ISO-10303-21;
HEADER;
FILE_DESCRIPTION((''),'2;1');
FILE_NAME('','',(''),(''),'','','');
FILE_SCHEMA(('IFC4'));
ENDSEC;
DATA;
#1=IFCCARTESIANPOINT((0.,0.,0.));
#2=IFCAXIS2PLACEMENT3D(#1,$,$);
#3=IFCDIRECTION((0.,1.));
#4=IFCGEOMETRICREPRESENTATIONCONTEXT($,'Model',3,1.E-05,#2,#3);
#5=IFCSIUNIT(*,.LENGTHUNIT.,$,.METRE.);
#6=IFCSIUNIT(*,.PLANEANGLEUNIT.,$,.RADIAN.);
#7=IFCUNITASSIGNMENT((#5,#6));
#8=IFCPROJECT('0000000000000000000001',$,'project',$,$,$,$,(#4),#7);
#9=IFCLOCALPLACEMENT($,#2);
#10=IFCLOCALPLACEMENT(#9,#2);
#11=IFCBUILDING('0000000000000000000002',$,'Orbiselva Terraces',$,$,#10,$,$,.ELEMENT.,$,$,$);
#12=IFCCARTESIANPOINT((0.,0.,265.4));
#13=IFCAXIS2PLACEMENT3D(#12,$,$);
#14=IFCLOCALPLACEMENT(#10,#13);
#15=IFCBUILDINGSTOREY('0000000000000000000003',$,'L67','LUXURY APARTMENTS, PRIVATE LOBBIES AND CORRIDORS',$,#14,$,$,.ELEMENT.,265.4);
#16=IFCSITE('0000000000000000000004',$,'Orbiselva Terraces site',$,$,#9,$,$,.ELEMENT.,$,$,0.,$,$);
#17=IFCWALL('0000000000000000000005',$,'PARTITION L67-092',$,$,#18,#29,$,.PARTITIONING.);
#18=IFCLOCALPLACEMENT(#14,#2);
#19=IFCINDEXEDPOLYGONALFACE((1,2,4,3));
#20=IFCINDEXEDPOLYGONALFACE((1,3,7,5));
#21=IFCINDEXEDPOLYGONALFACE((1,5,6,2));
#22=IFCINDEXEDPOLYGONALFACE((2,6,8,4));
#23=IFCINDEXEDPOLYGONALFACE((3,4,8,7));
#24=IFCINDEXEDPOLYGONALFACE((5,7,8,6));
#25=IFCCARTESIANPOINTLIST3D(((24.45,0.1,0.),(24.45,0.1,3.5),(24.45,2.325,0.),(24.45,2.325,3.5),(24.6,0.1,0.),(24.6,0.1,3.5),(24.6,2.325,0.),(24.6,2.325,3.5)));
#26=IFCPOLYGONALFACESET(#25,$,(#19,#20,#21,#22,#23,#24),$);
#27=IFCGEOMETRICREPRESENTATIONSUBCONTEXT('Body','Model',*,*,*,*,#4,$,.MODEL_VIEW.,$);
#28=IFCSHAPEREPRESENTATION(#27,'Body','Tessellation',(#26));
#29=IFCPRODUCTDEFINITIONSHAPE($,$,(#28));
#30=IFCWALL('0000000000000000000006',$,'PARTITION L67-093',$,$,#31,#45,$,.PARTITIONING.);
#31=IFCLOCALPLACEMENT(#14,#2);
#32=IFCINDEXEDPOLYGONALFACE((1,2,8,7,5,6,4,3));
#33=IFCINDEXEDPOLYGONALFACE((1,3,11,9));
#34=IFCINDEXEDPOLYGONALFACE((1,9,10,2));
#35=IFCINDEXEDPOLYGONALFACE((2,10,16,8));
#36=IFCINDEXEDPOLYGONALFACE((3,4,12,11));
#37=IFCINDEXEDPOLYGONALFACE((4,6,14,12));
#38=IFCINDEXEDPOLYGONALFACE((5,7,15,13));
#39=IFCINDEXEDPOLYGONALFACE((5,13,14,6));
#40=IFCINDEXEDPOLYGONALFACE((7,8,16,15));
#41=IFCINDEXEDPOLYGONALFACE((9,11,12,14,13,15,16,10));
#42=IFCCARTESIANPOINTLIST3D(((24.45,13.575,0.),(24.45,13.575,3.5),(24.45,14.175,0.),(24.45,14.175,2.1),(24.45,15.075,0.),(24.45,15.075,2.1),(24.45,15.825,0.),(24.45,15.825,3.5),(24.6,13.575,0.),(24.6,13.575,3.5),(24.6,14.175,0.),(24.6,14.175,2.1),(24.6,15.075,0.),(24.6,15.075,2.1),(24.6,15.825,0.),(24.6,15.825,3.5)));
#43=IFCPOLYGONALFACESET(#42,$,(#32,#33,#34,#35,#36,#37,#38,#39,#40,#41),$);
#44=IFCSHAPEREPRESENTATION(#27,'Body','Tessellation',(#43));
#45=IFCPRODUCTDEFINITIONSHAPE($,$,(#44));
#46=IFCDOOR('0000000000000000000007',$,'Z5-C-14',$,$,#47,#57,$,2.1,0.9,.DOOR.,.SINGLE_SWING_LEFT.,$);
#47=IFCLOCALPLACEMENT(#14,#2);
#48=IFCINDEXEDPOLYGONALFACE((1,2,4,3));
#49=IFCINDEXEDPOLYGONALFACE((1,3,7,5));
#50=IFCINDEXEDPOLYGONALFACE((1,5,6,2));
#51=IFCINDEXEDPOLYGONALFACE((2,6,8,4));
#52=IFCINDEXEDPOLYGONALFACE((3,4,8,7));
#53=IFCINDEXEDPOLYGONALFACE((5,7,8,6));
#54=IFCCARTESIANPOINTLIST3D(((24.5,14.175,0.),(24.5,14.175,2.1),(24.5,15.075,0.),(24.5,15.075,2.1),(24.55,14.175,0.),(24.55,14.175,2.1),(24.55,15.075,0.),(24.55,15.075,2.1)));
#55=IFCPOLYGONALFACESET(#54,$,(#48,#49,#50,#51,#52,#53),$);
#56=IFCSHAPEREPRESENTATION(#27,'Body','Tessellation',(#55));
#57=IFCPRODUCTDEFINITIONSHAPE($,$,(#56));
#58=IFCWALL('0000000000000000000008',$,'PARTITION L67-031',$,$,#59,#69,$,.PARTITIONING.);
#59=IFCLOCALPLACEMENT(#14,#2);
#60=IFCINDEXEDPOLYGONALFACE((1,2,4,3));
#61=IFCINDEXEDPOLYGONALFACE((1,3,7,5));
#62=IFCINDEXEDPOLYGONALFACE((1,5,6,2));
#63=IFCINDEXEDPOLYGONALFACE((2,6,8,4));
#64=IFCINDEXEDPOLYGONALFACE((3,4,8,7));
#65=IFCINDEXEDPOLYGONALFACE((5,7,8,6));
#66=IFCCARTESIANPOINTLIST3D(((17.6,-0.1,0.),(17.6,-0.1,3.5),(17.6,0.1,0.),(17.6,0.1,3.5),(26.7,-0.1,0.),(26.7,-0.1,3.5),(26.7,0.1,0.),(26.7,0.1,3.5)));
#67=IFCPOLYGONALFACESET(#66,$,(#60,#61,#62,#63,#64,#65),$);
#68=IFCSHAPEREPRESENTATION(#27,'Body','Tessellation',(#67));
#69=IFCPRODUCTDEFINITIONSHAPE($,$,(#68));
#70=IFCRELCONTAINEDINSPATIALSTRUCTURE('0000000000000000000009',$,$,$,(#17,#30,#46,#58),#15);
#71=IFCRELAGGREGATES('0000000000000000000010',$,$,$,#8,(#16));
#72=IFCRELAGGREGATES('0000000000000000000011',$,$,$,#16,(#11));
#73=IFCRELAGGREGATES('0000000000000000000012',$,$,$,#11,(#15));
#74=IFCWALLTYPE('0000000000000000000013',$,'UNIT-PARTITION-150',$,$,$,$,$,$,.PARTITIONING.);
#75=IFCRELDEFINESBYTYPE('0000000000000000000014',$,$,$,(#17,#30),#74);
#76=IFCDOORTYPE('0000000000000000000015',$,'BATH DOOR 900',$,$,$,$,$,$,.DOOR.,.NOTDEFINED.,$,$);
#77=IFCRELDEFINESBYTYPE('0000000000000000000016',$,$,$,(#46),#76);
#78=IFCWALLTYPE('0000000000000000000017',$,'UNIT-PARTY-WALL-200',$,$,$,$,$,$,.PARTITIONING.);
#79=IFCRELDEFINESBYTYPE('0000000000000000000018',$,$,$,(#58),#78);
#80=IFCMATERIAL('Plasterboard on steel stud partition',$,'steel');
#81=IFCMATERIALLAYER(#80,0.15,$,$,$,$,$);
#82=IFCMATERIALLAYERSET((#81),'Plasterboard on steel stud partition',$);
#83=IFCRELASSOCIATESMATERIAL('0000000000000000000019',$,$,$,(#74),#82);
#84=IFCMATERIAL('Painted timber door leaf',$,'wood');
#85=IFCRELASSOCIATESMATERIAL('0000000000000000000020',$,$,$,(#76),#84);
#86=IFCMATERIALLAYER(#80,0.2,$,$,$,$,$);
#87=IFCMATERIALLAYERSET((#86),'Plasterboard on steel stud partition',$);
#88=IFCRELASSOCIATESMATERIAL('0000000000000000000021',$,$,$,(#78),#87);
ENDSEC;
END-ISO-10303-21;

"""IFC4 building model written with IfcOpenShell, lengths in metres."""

from ifc_helpers import new_model, si_unit, direction, frame, frame_2d, origin, place, context, subcontext, project, spatial, rectangle, extrude, material, layer, layer_set, type_object, element, fill, save


model = new_model("IFC4")

# Units and contexts
model_context = context("Model", 3, precision=1e-05, world=origin(), true_north=direction((0.0, 1.0)))
body_context = subcontext(model_context, "Body", "Model", "MODEL_VIEW")
ifc_project = project(units=[si_unit("LENGTHUNIT", "METRE"), si_unit("PLANEANGLEUNIT", "RADIAN")], contexts=[model_context])

# Site, building, storey
site_placement = place(None, origin())
site = spatial("IfcSite", under=ifc_project, at=site_placement, Name="Orbiselva Terraces site", CompositionType="ELEMENT", RefElevation=0.0)
building_placement = place(site_placement, origin())
building = spatial("IfcBuilding", under=site, at=building_placement, Name="Orbiselva Terraces", CompositionType="ELEMENT")
storey_placement = place(building_placement, frame((0.0, 0.0, 265.4)))
storey = spatial("IfcBuildingStorey", under=building, at=storey_placement, Name="L67", Description="LUXURY APARTMENTS, PRIVATE LOBBIES AND CORRIDORS", CompositionType="ELEMENT", Elevation=265.4)

# Shared definitions
ifc_material_1 = material(Name="Plasterboard on steel stud partition", Category="steel")
ifc_material_2 = material(Name="Painted timber door leaf", Category="wood")

# Shared definitions
ifc_layer_1 = layer(ifc_material_1, 0.15)
ifc_layer_set_1 = layer_set([ifc_layer_1], Name="Plasterboard on steel stud partition")
wall_type_1 = type_object("IfcWallType", Name="UNIT-PARTITION-150", PredefinedType="PARTITIONING", material=ifc_layer_set_1)
door_type_1 = type_object("IfcDoorType", Name="BATH DOOR 900", OperationType="NOTDEFINED", PredefinedType="DOOR", material=ifc_material_2)

# Wall
wall_1_placement = place(storey_placement, frame((24.525, 0.1, 0.0), z_axis=(0.0, 0.0, 1.0), x_axis=(0.0, 1.0, 0.0)))
element("IfcWall", 1, at=wall_1_placement, inside=storey, type_object=wall_type_1, Name="PARTITION L67-092", PredefinedType="PARTITIONING", context=body_context, shape_type="SweptSolid", body=[
    extrude(rectangle(XDim=2.225, YDim=0.15, at=frame_2d((1.1125, 0.0))), origin(), (0.0, 0.0, 1.0), 3.5),
])

# Wall, opening, door
wall_2_placement = place(storey_placement, frame((24.525, 13.575, 0.0), z_axis=(0.0, 0.0, 1.0), x_axis=(0.0, 1.0, 0.0)))
wall_2 = element("IfcWall", 2, at=wall_2_placement, inside=storey, type_object=wall_type_1, Name="PARTITION L67-093", PredefinedType="PARTITIONING", context=body_context, shape_type="SweptSolid", body=[
    extrude(rectangle(XDim=2.25, YDim=0.15, at=frame_2d((1.125, 0.0))), origin(), (0.0, 0.0, 1.0), 3.5),
])
opening_1_placement = place(wall_2_placement, frame((0.6, 0.0, 0.0)))
opening_1 = element("IfcOpeningElement", 3, at=opening_1_placement, cuts=wall_2, PredefinedType="OPENING", context=body_context, shape_type="SweptSolid", body=[
    extrude(rectangle(XDim=0.9, YDim=2.1, at=frame_2d((0.45, 1.05))), frame((0.0, 0.085, 0.0), z_axis=(0.0, -1.0, 0.0), x_axis=(1.0, 0.0, 0.0)), (0.0, 0.0, 1.0), 0.17),
])
door_1_placement = place(opening_1_placement, origin())
door_1 = element("IfcDoor", 4, at=door_1_placement, inside=storey, type_object=door_type_1, Name="Z5-C-14", OperationType="SINGLE_SWING_LEFT", OverallHeight=2.1, OverallWidth=0.9, PredefinedType="DOOR", context=body_context, shape_type="SweptSolid", body=[
    extrude(rectangle(XDim=0.9, YDim=2.1, at=frame_2d((0.45, 1.05))), frame((0.0, 0.025, 0.0), z_axis=(0.0, -1.0, 0.0), x_axis=(1.0, 0.0, 0.0)), (0.0, 0.0, 1.0), 0.05),
])
fill(opening_1, door_1)

# Wall
ifc_layer_2 = layer(ifc_material_1, 0.2)
ifc_layer_set_2 = layer_set([ifc_layer_2], Name="Plasterboard on steel stud partition")
wall_type_2 = type_object("IfcWallType", Name="UNIT-PARTY-WALL-200", PredefinedType="PARTITIONING", material=ifc_layer_set_2)
wall_3_placement = place(storey_placement, frame((17.6, 0.0, 0.0), z_axis=(0.0, 0.0, 1.0), x_axis=(1.0, 0.0, 0.0)))
element("IfcWall", 5, at=wall_3_placement, inside=storey, type_object=wall_type_2, Name="PARTITION L67-031", PredefinedType="PARTITIONING", context=body_context, shape_type="SweptSolid", body=[
    extrude(rectangle(XDim=9.1, YDim=0.2, at=frame_2d((4.55, 0.0))), origin(), (0.0, 0.0, 1.0), 3.5),
])

save(model, "model.ifc")
